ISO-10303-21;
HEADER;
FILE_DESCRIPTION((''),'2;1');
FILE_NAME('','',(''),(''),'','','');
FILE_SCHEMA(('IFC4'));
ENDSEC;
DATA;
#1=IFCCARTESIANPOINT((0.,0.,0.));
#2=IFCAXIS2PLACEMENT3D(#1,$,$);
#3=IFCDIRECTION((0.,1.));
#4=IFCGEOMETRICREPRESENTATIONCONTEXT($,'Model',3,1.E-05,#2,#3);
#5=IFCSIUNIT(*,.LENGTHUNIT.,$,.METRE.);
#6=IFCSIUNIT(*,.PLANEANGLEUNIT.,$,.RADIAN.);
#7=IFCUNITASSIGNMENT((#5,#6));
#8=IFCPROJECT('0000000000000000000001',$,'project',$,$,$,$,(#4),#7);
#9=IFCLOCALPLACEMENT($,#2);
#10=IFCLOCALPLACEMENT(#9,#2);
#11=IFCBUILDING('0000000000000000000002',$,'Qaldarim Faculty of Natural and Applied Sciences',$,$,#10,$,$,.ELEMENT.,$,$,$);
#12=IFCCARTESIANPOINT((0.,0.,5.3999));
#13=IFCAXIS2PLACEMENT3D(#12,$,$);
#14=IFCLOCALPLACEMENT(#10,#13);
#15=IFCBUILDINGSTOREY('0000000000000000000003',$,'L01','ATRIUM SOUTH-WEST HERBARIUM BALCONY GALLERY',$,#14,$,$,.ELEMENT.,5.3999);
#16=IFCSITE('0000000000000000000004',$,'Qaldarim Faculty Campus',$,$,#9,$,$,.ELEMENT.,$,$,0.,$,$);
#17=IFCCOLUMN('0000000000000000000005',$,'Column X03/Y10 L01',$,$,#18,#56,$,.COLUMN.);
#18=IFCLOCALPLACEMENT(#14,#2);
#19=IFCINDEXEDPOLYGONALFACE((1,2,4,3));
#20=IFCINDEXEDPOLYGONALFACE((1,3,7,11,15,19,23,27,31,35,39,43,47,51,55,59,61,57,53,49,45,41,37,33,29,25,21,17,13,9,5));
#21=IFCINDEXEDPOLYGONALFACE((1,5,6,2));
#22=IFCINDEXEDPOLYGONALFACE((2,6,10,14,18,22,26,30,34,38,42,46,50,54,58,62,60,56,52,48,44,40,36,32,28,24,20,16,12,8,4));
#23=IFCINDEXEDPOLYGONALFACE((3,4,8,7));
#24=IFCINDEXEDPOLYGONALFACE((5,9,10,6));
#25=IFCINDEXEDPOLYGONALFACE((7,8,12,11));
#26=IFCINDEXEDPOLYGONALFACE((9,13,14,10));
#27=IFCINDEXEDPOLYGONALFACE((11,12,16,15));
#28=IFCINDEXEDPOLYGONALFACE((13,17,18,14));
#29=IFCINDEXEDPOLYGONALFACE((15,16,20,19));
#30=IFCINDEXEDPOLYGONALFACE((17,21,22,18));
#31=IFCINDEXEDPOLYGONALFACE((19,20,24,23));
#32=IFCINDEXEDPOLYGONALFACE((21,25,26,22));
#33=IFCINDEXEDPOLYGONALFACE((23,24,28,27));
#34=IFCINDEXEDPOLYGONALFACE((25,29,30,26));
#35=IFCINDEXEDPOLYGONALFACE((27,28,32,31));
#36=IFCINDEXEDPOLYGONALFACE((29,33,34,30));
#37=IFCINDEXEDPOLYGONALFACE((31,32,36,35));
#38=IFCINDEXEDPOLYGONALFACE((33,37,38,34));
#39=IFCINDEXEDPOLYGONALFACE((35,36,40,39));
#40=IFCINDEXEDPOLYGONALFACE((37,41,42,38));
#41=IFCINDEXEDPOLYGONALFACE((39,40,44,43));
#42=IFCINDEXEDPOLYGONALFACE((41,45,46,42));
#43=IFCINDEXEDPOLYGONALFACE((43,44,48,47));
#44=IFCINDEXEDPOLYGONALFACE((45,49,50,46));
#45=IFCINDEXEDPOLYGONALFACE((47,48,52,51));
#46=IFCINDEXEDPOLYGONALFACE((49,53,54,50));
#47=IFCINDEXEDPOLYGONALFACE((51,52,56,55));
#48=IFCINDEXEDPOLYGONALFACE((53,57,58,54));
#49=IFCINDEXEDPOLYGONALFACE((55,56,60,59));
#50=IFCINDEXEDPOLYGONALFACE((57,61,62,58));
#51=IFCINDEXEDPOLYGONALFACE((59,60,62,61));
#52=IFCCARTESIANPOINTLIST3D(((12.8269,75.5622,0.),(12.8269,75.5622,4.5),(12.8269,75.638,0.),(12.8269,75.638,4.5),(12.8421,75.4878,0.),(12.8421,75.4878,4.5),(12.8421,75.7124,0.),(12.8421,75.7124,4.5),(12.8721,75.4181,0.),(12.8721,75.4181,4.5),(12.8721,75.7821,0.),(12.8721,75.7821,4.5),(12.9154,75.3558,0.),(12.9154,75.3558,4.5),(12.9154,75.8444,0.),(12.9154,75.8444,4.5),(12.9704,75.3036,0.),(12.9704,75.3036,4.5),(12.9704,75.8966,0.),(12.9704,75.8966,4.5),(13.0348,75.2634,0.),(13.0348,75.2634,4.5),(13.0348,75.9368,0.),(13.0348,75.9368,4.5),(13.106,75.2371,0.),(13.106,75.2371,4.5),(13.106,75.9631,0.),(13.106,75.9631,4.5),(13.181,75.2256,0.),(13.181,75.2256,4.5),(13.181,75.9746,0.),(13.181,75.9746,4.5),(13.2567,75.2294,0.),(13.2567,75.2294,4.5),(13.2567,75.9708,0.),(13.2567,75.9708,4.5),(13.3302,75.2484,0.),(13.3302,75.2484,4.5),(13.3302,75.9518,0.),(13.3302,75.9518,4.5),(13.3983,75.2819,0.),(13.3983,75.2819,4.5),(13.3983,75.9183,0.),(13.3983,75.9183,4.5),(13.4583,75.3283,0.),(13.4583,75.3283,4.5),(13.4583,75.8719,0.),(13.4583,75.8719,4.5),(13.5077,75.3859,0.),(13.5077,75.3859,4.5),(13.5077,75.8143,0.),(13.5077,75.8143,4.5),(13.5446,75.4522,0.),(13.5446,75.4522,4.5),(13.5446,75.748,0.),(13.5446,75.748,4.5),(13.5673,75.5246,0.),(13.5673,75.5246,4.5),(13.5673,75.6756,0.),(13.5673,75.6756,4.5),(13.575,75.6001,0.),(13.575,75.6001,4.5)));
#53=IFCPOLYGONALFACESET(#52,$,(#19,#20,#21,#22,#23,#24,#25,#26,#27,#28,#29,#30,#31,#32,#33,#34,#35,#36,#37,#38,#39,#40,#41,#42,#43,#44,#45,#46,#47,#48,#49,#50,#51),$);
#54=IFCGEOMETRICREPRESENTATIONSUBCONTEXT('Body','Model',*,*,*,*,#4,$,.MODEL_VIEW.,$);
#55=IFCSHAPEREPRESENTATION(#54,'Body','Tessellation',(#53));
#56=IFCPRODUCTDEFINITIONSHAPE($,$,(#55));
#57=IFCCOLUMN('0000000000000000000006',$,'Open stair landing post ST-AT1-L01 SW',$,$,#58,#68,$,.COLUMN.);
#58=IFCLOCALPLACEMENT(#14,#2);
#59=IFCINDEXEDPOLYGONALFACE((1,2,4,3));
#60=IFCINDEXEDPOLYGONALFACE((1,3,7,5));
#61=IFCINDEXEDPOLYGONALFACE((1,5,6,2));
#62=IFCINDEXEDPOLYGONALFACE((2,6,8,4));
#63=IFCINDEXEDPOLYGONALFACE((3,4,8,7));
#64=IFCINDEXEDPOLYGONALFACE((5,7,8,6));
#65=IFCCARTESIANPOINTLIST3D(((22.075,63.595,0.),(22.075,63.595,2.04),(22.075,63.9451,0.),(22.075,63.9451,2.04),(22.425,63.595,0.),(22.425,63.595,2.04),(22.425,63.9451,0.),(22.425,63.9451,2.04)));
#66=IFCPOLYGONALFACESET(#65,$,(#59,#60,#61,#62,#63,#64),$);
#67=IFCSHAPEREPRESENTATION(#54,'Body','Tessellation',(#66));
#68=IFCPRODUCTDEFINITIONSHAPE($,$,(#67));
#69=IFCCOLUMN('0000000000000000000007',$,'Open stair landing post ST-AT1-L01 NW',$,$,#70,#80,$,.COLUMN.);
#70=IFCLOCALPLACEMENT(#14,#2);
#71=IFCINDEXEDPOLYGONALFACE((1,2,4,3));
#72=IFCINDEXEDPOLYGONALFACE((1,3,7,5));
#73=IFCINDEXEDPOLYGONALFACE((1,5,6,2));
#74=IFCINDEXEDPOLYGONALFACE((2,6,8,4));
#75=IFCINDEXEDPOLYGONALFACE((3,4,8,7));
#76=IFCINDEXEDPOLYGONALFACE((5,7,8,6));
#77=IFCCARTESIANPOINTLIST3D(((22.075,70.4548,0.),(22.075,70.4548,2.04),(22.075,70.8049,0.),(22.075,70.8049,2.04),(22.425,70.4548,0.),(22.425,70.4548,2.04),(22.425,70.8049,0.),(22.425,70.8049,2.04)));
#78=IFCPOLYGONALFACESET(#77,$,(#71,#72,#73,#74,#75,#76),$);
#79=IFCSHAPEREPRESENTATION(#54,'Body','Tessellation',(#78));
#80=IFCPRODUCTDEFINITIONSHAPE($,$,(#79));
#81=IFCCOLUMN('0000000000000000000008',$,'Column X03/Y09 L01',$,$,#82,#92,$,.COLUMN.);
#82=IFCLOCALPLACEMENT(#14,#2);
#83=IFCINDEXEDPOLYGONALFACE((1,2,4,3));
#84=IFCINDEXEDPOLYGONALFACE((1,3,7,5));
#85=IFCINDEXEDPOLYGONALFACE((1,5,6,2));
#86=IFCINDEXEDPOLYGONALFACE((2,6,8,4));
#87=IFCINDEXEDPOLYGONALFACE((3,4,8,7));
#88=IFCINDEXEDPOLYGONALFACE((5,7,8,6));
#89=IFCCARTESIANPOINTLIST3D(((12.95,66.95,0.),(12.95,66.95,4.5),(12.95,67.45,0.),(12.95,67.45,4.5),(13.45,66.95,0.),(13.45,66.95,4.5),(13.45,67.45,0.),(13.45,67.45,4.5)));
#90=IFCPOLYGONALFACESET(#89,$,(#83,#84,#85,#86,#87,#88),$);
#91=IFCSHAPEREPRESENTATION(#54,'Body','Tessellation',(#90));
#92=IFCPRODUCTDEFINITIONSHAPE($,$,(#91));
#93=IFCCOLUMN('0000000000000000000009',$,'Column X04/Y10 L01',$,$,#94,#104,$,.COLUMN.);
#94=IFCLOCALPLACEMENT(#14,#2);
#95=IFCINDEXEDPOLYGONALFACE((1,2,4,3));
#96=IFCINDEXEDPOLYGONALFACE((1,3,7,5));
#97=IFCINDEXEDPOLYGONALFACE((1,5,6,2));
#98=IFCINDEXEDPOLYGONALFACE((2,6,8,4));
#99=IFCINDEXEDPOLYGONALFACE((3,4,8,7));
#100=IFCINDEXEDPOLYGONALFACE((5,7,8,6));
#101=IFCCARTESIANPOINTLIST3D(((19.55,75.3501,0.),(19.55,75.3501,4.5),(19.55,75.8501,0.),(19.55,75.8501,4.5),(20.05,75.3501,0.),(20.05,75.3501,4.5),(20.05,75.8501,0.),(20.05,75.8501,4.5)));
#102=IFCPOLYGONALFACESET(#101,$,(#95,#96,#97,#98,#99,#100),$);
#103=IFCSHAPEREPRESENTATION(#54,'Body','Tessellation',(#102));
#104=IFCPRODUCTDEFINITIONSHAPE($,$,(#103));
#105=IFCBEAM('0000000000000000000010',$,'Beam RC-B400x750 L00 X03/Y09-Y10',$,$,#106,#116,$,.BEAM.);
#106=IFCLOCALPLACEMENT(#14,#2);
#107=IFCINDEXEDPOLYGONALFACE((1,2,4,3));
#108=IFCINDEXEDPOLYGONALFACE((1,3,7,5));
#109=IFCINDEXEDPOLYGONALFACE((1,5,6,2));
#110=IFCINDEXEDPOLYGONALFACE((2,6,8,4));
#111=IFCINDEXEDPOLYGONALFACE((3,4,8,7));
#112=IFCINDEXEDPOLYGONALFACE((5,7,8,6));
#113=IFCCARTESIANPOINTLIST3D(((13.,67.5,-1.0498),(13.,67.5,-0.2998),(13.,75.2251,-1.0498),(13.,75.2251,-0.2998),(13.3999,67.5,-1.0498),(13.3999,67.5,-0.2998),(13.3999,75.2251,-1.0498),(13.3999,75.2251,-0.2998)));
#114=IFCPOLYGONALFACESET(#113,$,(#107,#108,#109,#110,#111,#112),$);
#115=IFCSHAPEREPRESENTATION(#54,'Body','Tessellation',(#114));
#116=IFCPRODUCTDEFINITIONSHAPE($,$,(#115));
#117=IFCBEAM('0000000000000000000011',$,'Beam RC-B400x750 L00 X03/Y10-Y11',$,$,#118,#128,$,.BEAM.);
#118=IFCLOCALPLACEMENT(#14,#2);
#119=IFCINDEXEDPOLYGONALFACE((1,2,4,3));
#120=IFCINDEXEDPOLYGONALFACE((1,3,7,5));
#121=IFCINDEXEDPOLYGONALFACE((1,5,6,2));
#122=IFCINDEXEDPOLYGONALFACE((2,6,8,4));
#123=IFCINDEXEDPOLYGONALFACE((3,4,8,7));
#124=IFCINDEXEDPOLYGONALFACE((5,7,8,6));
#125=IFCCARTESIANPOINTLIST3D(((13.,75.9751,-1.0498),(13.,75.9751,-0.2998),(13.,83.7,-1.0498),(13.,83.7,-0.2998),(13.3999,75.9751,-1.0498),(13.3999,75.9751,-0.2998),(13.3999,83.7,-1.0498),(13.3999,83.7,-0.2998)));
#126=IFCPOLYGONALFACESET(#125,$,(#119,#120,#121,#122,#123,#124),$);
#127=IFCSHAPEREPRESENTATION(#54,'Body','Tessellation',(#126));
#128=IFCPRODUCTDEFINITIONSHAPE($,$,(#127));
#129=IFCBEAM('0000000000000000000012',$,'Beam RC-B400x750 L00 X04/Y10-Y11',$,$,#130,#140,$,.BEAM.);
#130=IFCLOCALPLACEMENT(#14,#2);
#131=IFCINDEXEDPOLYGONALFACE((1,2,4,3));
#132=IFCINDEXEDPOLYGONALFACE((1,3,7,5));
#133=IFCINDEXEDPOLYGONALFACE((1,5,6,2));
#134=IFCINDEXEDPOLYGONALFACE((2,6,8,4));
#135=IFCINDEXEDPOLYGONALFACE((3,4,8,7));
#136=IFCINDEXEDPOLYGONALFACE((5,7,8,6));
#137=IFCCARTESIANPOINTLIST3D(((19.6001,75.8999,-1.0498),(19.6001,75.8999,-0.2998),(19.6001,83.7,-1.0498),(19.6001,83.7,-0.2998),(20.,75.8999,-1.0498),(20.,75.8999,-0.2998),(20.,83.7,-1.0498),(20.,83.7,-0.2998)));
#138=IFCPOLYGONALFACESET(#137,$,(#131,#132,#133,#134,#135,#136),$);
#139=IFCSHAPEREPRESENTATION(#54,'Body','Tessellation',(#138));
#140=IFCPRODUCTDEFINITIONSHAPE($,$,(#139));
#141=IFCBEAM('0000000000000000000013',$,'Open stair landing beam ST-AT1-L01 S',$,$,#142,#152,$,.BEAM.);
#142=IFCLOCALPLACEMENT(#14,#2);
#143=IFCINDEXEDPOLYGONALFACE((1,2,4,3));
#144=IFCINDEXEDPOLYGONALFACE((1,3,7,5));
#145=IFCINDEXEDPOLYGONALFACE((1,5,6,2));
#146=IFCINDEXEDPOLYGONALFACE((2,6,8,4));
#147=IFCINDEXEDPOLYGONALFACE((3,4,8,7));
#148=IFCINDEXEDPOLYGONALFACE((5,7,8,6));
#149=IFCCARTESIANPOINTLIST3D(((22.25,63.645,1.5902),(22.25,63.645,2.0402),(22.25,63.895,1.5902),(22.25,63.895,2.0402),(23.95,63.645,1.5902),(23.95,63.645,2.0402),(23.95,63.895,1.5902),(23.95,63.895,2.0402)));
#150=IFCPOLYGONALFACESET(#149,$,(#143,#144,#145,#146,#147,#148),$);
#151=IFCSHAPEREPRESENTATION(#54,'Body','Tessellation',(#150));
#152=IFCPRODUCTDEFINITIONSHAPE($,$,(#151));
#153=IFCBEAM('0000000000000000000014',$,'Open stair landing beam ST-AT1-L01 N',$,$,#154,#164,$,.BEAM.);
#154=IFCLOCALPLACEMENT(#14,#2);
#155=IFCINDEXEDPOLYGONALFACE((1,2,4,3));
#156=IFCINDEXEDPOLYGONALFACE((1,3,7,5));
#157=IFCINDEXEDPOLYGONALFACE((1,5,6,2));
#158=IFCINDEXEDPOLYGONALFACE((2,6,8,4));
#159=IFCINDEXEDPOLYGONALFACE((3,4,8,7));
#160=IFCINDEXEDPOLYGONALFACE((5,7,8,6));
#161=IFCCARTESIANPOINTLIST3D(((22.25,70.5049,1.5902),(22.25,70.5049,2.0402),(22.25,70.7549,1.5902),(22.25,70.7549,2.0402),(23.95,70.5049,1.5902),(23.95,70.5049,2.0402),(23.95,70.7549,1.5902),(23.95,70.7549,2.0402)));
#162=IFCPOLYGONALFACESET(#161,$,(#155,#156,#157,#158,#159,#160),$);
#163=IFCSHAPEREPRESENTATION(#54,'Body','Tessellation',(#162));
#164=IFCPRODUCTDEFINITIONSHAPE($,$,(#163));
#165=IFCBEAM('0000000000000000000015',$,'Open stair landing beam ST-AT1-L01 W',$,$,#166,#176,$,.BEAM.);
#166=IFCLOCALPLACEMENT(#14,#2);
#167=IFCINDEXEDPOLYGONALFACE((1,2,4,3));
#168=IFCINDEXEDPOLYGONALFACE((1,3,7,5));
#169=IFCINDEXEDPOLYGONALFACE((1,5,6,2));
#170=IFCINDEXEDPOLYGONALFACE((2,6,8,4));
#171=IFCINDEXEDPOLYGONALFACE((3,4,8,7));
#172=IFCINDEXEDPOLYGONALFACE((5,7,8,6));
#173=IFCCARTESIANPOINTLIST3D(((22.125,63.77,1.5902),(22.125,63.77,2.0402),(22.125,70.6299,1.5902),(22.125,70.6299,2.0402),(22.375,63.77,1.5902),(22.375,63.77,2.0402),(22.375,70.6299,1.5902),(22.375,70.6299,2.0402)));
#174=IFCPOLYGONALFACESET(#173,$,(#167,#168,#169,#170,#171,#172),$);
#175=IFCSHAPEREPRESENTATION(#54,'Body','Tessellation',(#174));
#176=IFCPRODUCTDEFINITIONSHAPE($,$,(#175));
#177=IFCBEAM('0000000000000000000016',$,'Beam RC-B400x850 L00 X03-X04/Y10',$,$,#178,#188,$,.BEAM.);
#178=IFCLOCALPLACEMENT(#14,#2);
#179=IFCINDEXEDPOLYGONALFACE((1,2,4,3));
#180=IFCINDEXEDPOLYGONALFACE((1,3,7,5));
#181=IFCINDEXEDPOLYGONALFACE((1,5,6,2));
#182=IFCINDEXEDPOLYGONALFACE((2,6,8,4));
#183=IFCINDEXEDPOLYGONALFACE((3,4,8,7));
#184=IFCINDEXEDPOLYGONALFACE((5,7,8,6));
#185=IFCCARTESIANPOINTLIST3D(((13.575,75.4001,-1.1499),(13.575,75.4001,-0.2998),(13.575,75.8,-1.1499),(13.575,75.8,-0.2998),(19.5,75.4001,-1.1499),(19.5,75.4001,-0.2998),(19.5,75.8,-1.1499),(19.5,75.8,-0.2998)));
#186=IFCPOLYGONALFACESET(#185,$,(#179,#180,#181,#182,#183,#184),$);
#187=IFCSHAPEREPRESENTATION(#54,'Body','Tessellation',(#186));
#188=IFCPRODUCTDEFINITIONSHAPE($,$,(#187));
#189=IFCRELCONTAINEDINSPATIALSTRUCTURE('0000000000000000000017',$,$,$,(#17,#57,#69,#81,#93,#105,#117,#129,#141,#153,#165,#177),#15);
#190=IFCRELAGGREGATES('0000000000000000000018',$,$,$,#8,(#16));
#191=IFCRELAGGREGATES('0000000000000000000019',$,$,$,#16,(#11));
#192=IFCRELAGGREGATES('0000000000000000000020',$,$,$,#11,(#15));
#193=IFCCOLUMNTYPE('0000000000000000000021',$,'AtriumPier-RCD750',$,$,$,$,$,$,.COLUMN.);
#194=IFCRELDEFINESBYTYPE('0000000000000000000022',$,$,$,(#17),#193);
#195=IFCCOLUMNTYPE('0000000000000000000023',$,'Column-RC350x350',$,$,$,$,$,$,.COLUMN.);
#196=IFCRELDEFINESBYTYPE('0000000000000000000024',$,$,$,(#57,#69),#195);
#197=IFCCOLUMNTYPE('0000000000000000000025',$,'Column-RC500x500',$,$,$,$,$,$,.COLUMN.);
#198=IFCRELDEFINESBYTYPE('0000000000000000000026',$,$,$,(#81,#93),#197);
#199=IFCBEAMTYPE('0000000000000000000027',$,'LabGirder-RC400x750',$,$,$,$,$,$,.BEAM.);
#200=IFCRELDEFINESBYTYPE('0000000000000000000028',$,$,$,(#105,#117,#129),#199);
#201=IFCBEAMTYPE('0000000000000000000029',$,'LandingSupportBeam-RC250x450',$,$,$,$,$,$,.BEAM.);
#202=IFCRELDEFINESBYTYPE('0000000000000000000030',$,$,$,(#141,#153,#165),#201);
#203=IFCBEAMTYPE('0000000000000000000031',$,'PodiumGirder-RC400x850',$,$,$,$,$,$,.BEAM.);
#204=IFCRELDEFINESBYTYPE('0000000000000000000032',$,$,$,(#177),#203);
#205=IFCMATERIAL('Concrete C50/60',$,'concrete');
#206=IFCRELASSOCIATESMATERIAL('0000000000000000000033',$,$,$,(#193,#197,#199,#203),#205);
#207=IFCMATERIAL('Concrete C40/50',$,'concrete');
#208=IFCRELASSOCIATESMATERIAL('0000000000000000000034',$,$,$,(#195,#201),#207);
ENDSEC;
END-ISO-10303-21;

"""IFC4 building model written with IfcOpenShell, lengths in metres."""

from ifc_helpers import new_model, si_unit, direction, frame, origin, origin_2d, place, context, subcontext, project, spatial, rectangle, circle, extrude, material, material_profile, profile_set, type_object, element, save


model = new_model("IFC4")

# Units and contexts
model_context = context("Model", 3, precision=1e-05, world=origin(), true_north=direction((0.0, 1.0)))
body_context = subcontext(model_context, "Body", "Model", "MODEL_VIEW")
ifc_project = project(units=[si_unit("LENGTHUNIT", "METRE"), si_unit("PLANEANGLEUNIT", "RADIAN")], contexts=[model_context])

# Site, building, storey
site_placement = place(None, origin())
site = spatial("IfcSite", under=ifc_project, at=site_placement, Name="Qaldarim Faculty Campus", CompositionType="ELEMENT", RefElevation=0.0)
building_placement = place(site_placement, origin())
building = spatial("IfcBuilding", under=site, at=building_placement, Name="Qaldarim Faculty of Natural and Applied Sciences", CompositionType="ELEMENT")
storey_placement = place(building_placement, frame((0.0, 0.0, 5.3999)))
storey = spatial("IfcBuildingStorey", under=building, at=storey_placement, Name="L01", Description="ATRIUM SOUTH-WEST HERBARIUM BALCONY GALLERY", CompositionType="ELEMENT", Elevation=5.3999)

# Columns
ifc_material_1 = material(Name="Concrete C50/60", Category="concrete")
ifc_material_profile_1 = material_profile(ifc_material_1, circle(Radius=0.375, at=origin_2d()), Name="RC-D750")
ifc_profile_set_1 = profile_set([ifc_material_profile_1], Name="Concrete C50/60")
column_type_1 = type_object("IfcColumnType", Name="AtriumPier-RCD750", PredefinedType="COLUMN", material=ifc_profile_set_1)
column_placement = place(storey_placement, frame((13.2, 75.6001, 0.0), z_axis=(0.0, 0.0, 1.0), x_axis=(1.0, 0.0, 0.0)))
element("IfcColumn", 1, at=column_placement, inside=storey, type_object=column_type_1, Name="Column X03/Y10 L01", PredefinedType="COLUMN", context=body_context, shape_type="SweptSolid", body=[
    extrude(circle(Radius=0.375, at=origin_2d()), origin(), (0.0, 0.0, 1.0), 4.5),
])
ifc_material_2 = material(Name="Concrete C40/50", Category="concrete")
ifc_material_profile_2 = material_profile(ifc_material_2, rectangle(XDim=0.3501, YDim=0.3501, at=origin_2d()), Name="RC-C350x350")
ifc_profile_set_2 = profile_set([ifc_material_profile_2], Name="Concrete C40/50")
column_type_2 = type_object("IfcColumnType", Name="Column-RC350x350", PredefinedType="COLUMN", material=ifc_profile_set_2)
for number, where, z_axis, x_axis, name in (
    (2, (22.25, 63.77, 0.0), (0.0, 0.0, 1.0), (1.0, 0.0, 0.0), "Open stair landing post ST-AT1-L01 SW"),
    (3, (22.25, 70.6299, 0.0), (0.0, 0.0, 1.0), (1.0, 0.0, 0.0), "Open stair landing post ST-AT1-L01 NW"),
):
    element("IfcColumn", number, at=place(storey_placement, frame(where, z_axis=z_axis, x_axis=x_axis)), inside=storey, type_object=column_type_2, Name=name, PredefinedType="COLUMN", context=body_context, shape_type="SweptSolid", body=[
        extrude(rectangle(XDim=0.3501, YDim=0.3501, at=origin_2d()), origin(), (0.0, 0.0, 1.0), 2.04),
    ])
ifc_material_profile_3 = material_profile(ifc_material_1, rectangle(XDim=0.5, YDim=0.5, at=origin_2d()), Name="RC-C500x500")
ifc_profile_set_3 = profile_set([ifc_material_profile_3], Name="Concrete C50/60")
column_type_3 = type_object("IfcColumnType", Name="Column-RC500x500", PredefinedType="COLUMN", material=ifc_profile_set_3)
for number, where, z_axis, x_axis, name in (
    (4, (13.2, 67.2, 0.0), (0.0, 0.0, 1.0), (1.0, 0.0, 0.0), "Column X03/Y09 L01"),
    (5, (19.8, 75.6001, 0.0), (0.0, 0.0, 1.0), (1.0, 0.0, 0.0), "Column X04/Y10 L01"),
):
    element("IfcColumn", number, at=place(storey_placement, frame(where, z_axis=z_axis, x_axis=x_axis)), inside=storey, type_object=column_type_3, Name=name, PredefinedType="COLUMN", context=body_context, shape_type="SweptSolid", body=[
        extrude(rectangle(XDim=0.5, YDim=0.5, at=origin_2d()), origin(), (0.0, 0.0, 1.0), 4.5),
    ])

# Beams
ifc_material_profile_4 = material_profile(ifc_material_1, rectangle(XDim=0.3999, YDim=0.75, at=origin_2d()), Name="RC-B400x750")
ifc_profile_set_4 = profile_set([ifc_material_profile_4], Name="Concrete C50/60")
beam_type_1 = type_object("IfcBeamType", Name="LabGirder-RC400x750", PredefinedType="BEAM", material=ifc_profile_set_4)
beam_1_placement = place(storey_placement, frame((13.2, 67.5, -0.6748), z_axis=(0.0, 1.0, 0.0), x_axis=(-1.0, 0.0, 0.0)))
element("IfcBeam", 6, at=beam_1_placement, inside=storey, type_object=beam_type_1, Name="Beam RC-B400x750 L00 X03/Y09-Y10", PredefinedType="BEAM", context=body_context, shape_type="SweptSolid", body=[
    extrude(rectangle(XDim=0.3999, YDim=0.75, at=origin_2d()), origin(), (0.0, 0.0, 1.0), 7.7251),
])
beam_2_placement = place(storey_placement, frame((13.2, 75.9751, -0.6748), z_axis=(0.0, 1.0, 0.0), x_axis=(-1.0, 0.0, 0.0)))
element("IfcBeam", 7, at=beam_2_placement, inside=storey, type_object=beam_type_1, Name="Beam RC-B400x750 L00 X03/Y10-Y11", PredefinedType="BEAM", context=body_context, shape_type="SweptSolid", body=[
    extrude(rectangle(XDim=0.3999, YDim=0.75, at=origin_2d()), origin(), (0.0, 0.0, 1.0), 7.7249),
])
beam_3_placement = place(storey_placement, frame((19.8, 75.8999, -0.6748), z_axis=(0.0, 1.0, 0.0), x_axis=(-1.0, 0.0, 0.0)))
element("IfcBeam", 8, at=beam_3_placement, inside=storey, type_object=beam_type_1, Name="Beam RC-B400x750 L00 X04/Y10-Y11", PredefinedType="BEAM", context=body_context, shape_type="SweptSolid", body=[
    extrude(rectangle(XDim=0.3999, YDim=0.75, at=origin_2d()), origin(), (0.0, 0.0, 1.0), 7.8),
])
ifc_material_profile_5 = material_profile(ifc_material_2, rectangle(XDim=0.25, YDim=0.45, at=origin_2d()), Name="RC-LN250x450")
ifc_profile_set_5 = profile_set([ifc_material_profile_5], Name="Concrete C40/50")
beam_type_2 = type_object("IfcBeamType", Name="LandingSupportBeam-RC250x450", PredefinedType="BEAM", material=ifc_profile_set_5)
for number, where, z_axis, x_axis, name in (
    (9, (22.25, 63.77, 1.8152), (1.0, 0.0, 0.0), (0.0, 1.0, 0.0), "Open stair landing beam ST-AT1-L01 S"),
    (10, (22.25, 70.6299, 1.8152), (1.0, 0.0, 0.0), (0.0, 1.0, 0.0), "Open stair landing beam ST-AT1-L01 N"),
):
    element("IfcBeam", number, at=place(storey_placement, frame(where, z_axis=z_axis, x_axis=x_axis)), inside=storey, type_object=beam_type_2, Name=name, PredefinedType="BEAM", context=body_context, shape_type="SweptSolid", body=[
        extrude(rectangle(XDim=0.25, YDim=0.45, at=origin_2d()), origin(), (0.0, 0.0, 1.0), 1.7),
    ])
beam_4_placement = place(storey_placement, frame((22.25, 63.77, 1.8152), z_axis=(0.0, 1.0, 0.0), x_axis=(-1.0, 0.0, 0.0)))
element("IfcBeam", 11, at=beam_4_placement, inside=storey, type_object=beam_type_2, Name="Open stair landing beam ST-AT1-L01 W", PredefinedType="BEAM", context=body_context, shape_type="SweptSolid", body=[
    extrude(rectangle(XDim=0.25, YDim=0.45, at=origin_2d()), origin(), (0.0, 0.0, 1.0), 6.8599),
])
ifc_material_profile_6 = material_profile(ifc_material_1, rectangle(XDim=0.3999, YDim=0.8501, at=origin_2d()), Name="RC-B400x850")
ifc_profile_set_6 = profile_set([ifc_material_profile_6], Name="Concrete C50/60")
beam_type_3 = type_object("IfcBeamType", Name="PodiumGirder-RC400x850", PredefinedType="BEAM", material=ifc_profile_set_6)
beam_5_placement = place(storey_placement, frame((13.575, 75.6001, -0.7249), z_axis=(1.0, 0.0, 0.0), x_axis=(0.0, 1.0, 0.0)))
element("IfcBeam", 12, at=beam_5_placement, inside=storey, type_object=beam_type_3, Name="Beam RC-B400x850 L00 X03-X04/Y10", PredefinedType="BEAM", context=body_context, shape_type="SweptSolid", body=[
    extrude(rectangle(XDim=0.3999, YDim=0.8501, at=origin_2d()), origin(), (0.0, 0.0, 1.0), 5.925),
])

save(model, "model.ifc")
